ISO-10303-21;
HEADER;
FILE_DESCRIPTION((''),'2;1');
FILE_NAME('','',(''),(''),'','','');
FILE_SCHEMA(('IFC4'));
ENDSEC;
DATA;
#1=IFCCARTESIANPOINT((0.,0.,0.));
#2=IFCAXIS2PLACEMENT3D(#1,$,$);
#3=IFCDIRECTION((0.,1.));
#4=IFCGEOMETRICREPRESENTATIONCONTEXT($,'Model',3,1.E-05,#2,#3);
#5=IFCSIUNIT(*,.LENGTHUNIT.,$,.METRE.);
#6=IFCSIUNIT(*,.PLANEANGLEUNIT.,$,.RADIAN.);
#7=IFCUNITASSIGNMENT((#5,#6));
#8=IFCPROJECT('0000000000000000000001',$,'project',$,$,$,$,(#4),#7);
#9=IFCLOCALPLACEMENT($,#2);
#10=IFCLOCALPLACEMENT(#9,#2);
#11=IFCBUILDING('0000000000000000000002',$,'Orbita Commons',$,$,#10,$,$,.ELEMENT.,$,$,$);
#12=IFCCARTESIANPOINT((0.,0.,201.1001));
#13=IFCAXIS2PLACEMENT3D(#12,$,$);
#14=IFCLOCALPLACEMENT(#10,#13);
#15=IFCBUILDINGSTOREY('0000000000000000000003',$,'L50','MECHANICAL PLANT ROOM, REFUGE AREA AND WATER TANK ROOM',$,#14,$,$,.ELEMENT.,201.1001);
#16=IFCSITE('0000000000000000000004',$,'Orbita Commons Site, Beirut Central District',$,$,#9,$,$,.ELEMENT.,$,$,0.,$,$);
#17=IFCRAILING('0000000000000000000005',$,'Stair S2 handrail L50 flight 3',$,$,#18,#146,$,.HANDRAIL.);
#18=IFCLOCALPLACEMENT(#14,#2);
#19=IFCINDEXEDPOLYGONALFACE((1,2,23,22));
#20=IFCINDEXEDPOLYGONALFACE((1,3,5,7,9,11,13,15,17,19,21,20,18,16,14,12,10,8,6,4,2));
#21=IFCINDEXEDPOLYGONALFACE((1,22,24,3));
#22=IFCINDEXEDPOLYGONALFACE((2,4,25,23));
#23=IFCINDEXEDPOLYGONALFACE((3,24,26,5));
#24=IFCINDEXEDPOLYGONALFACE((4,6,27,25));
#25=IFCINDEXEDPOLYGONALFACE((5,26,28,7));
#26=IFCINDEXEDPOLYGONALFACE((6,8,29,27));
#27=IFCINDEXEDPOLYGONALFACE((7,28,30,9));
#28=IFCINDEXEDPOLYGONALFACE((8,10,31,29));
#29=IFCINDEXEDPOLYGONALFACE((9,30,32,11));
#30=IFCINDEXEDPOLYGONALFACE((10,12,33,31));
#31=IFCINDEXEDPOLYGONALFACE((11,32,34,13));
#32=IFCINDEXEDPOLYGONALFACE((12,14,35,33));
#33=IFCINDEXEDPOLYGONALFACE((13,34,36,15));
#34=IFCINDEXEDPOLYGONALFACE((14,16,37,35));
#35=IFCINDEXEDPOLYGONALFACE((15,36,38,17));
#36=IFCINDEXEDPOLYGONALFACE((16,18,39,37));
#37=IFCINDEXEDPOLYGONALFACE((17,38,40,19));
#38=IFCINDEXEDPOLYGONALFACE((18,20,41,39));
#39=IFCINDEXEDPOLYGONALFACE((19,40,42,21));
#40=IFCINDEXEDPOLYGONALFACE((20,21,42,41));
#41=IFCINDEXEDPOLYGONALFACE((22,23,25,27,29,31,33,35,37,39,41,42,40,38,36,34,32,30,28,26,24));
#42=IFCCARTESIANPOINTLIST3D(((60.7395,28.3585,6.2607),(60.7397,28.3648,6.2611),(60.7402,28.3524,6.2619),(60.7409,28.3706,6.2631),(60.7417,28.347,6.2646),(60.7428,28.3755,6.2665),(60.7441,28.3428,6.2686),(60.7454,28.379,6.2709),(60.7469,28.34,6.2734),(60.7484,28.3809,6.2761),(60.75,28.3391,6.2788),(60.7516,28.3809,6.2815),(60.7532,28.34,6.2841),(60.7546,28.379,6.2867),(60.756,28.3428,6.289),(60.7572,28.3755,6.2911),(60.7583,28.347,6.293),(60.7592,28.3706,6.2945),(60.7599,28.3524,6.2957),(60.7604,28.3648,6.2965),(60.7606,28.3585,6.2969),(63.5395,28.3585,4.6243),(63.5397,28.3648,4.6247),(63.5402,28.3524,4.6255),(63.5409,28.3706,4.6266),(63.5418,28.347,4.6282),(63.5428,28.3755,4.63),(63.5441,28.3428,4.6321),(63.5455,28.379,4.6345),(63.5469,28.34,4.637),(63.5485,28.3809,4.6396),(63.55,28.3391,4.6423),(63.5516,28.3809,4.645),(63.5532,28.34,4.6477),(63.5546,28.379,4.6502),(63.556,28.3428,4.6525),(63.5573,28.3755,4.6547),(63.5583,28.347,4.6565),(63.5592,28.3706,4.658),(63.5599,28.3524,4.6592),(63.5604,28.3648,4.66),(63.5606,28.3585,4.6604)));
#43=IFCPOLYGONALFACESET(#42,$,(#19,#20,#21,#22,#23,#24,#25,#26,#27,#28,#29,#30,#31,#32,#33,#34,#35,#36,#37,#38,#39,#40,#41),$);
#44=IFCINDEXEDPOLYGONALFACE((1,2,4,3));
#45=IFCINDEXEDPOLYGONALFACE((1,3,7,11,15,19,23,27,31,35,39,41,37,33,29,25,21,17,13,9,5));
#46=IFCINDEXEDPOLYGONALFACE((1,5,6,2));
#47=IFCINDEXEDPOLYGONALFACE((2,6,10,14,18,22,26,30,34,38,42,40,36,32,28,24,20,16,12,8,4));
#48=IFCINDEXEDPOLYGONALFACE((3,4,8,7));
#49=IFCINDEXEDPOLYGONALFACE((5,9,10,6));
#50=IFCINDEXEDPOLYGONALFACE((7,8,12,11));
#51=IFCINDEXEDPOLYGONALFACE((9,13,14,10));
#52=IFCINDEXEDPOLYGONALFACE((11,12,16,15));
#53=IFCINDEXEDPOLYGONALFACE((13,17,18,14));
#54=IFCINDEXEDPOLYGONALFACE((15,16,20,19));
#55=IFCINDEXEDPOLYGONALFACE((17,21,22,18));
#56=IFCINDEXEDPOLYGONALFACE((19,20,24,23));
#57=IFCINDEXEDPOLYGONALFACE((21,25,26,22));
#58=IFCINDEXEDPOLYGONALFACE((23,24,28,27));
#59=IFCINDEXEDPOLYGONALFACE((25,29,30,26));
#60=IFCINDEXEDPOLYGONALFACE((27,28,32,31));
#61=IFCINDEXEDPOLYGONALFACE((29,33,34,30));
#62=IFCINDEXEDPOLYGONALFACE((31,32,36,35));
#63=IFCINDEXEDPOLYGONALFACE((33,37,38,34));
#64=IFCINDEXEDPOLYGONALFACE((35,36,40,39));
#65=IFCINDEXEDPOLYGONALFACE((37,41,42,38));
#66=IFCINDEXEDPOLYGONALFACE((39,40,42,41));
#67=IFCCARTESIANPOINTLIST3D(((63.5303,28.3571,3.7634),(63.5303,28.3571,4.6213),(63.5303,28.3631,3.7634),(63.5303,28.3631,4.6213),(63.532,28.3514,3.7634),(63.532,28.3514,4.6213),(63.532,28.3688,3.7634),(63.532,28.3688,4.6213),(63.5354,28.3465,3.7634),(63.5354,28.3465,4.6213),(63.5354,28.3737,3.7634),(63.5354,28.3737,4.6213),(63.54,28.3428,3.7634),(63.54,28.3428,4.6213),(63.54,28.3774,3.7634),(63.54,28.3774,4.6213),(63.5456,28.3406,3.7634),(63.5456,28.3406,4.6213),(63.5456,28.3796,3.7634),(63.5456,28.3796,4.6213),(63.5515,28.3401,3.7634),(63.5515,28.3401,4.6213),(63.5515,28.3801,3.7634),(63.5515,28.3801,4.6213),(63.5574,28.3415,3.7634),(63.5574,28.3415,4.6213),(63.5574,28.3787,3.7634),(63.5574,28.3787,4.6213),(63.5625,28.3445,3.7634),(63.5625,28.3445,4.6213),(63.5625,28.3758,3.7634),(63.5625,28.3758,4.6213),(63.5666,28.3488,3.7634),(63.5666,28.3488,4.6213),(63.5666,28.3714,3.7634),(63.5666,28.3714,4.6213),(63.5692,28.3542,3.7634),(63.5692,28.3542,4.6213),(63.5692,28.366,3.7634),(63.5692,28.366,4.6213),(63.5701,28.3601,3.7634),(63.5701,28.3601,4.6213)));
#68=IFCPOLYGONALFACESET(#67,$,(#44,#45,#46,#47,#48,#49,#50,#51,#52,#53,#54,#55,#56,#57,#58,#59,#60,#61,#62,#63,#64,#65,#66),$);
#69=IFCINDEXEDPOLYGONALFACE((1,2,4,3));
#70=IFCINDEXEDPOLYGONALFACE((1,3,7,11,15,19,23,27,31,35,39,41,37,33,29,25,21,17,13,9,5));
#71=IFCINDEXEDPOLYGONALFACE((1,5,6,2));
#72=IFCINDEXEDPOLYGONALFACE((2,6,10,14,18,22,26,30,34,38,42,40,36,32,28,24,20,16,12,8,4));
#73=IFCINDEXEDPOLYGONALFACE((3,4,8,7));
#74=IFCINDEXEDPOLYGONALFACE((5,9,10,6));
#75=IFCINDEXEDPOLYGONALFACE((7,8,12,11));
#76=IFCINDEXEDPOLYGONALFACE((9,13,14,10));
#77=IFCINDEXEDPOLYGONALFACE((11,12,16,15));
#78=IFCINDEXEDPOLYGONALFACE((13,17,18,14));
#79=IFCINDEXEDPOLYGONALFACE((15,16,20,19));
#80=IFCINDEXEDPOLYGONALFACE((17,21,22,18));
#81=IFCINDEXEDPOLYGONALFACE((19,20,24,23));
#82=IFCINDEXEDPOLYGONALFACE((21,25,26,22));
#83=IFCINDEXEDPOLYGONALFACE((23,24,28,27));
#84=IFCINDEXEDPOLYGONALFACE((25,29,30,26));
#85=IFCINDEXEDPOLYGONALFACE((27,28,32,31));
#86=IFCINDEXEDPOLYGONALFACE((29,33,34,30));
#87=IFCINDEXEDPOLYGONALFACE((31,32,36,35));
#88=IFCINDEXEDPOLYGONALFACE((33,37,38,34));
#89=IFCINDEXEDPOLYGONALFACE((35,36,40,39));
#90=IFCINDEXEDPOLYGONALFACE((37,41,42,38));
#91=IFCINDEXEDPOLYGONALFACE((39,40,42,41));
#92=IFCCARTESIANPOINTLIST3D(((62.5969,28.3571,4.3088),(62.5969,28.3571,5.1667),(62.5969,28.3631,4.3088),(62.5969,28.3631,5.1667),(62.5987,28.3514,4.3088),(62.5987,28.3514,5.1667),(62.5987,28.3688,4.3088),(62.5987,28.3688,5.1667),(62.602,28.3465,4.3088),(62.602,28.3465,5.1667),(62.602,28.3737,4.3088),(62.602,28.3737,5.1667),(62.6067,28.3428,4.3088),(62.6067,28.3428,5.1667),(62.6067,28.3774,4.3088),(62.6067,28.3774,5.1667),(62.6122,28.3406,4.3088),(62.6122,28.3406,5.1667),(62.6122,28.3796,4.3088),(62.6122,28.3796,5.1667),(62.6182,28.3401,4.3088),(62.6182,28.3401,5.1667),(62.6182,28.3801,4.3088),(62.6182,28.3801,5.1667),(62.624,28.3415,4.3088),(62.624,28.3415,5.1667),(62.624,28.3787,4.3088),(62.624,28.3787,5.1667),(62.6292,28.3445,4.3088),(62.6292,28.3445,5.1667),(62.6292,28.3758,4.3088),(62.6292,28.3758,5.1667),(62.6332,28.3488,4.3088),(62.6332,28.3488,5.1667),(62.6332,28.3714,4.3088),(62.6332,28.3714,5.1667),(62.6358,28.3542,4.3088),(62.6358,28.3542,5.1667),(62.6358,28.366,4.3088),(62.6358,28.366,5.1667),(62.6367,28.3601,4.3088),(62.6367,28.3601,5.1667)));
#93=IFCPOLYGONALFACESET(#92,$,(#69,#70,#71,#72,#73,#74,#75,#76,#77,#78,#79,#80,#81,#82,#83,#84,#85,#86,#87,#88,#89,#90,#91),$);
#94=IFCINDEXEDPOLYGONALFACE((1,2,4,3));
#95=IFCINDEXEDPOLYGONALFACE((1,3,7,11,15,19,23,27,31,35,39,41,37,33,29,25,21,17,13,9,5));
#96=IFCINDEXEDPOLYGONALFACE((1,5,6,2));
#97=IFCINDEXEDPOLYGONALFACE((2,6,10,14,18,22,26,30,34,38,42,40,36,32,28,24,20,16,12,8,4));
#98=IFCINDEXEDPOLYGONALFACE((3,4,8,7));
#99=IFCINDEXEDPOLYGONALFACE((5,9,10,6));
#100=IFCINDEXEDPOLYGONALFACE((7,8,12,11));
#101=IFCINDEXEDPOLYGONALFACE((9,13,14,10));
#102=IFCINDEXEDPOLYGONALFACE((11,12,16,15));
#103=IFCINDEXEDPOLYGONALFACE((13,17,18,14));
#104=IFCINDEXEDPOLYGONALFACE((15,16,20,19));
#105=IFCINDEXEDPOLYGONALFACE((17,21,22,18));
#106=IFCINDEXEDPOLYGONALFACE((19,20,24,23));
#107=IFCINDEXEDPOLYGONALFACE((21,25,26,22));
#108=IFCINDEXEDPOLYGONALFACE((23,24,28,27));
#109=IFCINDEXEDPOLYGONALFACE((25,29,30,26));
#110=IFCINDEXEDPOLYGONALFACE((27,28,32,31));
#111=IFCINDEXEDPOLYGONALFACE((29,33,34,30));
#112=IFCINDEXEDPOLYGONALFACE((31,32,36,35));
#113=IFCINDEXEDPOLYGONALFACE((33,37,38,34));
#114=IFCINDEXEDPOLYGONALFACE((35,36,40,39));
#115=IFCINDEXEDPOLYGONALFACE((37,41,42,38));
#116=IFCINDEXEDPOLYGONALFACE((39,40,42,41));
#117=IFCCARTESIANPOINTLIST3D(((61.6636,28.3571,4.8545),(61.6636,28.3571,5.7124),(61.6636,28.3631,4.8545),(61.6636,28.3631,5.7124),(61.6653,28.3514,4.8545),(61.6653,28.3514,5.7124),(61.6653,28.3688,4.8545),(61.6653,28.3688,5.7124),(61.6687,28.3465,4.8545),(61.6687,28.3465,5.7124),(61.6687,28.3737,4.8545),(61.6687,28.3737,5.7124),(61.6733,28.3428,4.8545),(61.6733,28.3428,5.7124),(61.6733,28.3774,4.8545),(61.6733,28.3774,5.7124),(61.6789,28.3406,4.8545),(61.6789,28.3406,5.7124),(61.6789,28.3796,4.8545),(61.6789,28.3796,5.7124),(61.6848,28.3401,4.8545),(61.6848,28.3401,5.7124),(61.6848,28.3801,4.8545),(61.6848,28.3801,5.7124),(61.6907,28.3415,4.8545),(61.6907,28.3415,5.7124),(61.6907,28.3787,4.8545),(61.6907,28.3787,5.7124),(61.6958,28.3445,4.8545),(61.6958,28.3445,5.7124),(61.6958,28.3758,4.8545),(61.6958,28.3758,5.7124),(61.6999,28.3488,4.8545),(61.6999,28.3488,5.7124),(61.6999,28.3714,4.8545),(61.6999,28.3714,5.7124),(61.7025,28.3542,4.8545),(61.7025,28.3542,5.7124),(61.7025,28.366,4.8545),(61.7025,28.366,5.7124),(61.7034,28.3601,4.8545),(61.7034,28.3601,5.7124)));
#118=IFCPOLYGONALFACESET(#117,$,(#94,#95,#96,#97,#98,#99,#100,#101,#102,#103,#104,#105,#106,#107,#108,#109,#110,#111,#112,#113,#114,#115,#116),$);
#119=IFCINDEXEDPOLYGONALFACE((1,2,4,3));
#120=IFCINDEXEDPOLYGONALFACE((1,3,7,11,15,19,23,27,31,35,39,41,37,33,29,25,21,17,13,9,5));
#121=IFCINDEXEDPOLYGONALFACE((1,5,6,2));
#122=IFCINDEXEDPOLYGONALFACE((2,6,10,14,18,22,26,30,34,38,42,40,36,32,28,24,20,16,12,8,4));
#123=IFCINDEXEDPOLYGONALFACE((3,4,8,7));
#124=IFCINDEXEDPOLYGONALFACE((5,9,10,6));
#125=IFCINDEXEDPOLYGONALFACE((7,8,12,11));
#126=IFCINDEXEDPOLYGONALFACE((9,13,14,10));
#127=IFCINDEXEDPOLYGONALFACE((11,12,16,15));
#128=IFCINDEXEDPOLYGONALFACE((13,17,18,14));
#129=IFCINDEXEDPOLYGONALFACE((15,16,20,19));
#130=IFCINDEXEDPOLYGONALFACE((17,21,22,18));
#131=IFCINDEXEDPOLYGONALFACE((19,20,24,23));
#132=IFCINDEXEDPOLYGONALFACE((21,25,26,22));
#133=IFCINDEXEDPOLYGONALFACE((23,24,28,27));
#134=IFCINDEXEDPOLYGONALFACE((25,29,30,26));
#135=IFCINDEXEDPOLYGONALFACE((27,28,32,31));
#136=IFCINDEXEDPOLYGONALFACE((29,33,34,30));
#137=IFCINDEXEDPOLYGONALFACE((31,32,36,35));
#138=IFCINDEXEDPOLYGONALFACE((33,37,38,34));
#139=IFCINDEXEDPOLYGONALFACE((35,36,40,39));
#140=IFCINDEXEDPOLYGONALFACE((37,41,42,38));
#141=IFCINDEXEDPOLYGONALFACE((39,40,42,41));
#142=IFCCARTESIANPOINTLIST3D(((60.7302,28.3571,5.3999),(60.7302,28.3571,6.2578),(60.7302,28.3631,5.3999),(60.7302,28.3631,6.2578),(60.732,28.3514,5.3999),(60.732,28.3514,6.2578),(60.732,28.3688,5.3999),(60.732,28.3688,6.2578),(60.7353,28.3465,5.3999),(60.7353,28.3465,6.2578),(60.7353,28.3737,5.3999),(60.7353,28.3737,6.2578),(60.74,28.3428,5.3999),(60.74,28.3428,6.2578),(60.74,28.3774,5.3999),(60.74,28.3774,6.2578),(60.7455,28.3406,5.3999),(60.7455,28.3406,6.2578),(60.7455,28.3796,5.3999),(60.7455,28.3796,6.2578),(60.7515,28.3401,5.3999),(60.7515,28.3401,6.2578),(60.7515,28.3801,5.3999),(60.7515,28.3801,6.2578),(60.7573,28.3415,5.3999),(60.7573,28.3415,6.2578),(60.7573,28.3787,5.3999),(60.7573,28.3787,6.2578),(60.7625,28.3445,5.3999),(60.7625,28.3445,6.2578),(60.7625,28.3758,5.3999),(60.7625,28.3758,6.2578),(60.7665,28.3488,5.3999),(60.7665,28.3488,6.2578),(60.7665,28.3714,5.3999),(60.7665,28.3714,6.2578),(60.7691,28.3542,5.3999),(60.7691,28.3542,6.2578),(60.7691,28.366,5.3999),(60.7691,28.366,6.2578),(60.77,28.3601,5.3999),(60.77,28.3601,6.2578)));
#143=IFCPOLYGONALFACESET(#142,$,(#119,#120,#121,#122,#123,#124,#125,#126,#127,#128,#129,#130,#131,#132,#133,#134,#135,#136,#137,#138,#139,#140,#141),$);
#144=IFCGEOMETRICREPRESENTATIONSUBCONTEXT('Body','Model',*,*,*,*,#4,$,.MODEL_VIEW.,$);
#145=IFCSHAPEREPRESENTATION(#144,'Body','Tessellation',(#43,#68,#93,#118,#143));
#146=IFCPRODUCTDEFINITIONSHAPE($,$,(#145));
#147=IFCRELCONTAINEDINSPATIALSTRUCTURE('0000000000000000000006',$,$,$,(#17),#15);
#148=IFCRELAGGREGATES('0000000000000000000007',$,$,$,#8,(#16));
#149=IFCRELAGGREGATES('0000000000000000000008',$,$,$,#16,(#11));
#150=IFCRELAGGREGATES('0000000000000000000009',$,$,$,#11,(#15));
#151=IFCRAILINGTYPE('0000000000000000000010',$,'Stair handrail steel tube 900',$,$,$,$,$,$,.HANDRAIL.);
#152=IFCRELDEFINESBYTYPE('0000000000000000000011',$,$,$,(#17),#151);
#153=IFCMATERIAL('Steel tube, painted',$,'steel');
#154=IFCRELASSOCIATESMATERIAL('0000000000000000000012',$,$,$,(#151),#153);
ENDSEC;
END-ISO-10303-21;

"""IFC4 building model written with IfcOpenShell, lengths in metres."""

from ifc_helpers import new_model, si_unit, direction, frame, origin, origin_2d, place, context, subcontext, project, spatial, circle, extrude, material, type_object, element, save


model = new_model("IFC4")

# Units and contexts
model_context = context("Model", 3, precision=1e-05, world=origin(), true_north=direction((0.0, 1.0)))
body_context = subcontext(model_context, "Body", "Model", "MODEL_VIEW")
ifc_project = project(units=[si_unit("LENGTHUNIT", "METRE"), si_unit("PLANEANGLEUNIT", "RADIAN")], contexts=[model_context])

# Site, building, storey
site_placement = place(None, origin())
site = spatial("IfcSite", under=ifc_project, at=site_placement, Name="Orbita Commons Site, Beirut Central District", CompositionType="ELEMENT", RefElevation=0.0)
building_placement = place(site_placement, origin())
building = spatial("IfcBuilding", under=site, at=building_placement, Name="Orbita Commons", CompositionType="ELEMENT")
storey_placement = place(building_placement, frame((0.0, 0.0, 201.1001)))
storey = spatial("IfcBuildingStorey", under=building, at=storey_placement, Name="L50", Description="MECHANICAL PLANT ROOM, REFUGE AREA AND WATER TANK ROOM", CompositionType="ELEMENT", Elevation=201.1001)

# Railing
ifc_material_1 = material(Name="Steel tube, painted", Category="steel")
railing_type = type_object("IfcRailingType", Name="Stair handrail steel tube 900", PredefinedType="HANDRAIL", material=ifc_material_1)
for number, where, name in (
    (1, (63.55, 28.3601, 3.7634), "Stair S2 handrail L50 flight 3"),
):
    element("IfcRailing", number, at=place(storey_placement, frame(where)), inside=storey, type_object=railing_type, Name=name, PredefinedType="HANDRAIL", context=body_context, shape_type="SweptSolid", body=[
        extrude(circle(Radius=0.021, at=origin_2d()), frame((0.0, 0.0, 0.8789), z_axis=(-0.863361, 0.0, 0.504587), x_axis=(0.0, -1.0, 0.0)), (0.0, 0.0, 1.0), 3.2432),
        extrude(circle(Radius=0.02, at=origin_2d()), origin(), (0.0, 0.0, 1.0), 0.8579),
        extrude(circle(Radius=0.02, at=origin_2d()), frame((-0.9333, 0.0, 0.5454)), (0.0, 0.0, 1.0), 0.8579),
        extrude(circle(Radius=0.02, at=origin_2d()), frame((-1.8667, 0.0, 1.0911)), (0.0, 0.0, 1.0), 0.8579),
        extrude(circle(Radius=0.02, at=origin_2d()), frame((-2.8, 0.0, 1.6365)), (0.0, 0.0, 1.0), 0.8579),
    ])

save(model, "model.ifc")
